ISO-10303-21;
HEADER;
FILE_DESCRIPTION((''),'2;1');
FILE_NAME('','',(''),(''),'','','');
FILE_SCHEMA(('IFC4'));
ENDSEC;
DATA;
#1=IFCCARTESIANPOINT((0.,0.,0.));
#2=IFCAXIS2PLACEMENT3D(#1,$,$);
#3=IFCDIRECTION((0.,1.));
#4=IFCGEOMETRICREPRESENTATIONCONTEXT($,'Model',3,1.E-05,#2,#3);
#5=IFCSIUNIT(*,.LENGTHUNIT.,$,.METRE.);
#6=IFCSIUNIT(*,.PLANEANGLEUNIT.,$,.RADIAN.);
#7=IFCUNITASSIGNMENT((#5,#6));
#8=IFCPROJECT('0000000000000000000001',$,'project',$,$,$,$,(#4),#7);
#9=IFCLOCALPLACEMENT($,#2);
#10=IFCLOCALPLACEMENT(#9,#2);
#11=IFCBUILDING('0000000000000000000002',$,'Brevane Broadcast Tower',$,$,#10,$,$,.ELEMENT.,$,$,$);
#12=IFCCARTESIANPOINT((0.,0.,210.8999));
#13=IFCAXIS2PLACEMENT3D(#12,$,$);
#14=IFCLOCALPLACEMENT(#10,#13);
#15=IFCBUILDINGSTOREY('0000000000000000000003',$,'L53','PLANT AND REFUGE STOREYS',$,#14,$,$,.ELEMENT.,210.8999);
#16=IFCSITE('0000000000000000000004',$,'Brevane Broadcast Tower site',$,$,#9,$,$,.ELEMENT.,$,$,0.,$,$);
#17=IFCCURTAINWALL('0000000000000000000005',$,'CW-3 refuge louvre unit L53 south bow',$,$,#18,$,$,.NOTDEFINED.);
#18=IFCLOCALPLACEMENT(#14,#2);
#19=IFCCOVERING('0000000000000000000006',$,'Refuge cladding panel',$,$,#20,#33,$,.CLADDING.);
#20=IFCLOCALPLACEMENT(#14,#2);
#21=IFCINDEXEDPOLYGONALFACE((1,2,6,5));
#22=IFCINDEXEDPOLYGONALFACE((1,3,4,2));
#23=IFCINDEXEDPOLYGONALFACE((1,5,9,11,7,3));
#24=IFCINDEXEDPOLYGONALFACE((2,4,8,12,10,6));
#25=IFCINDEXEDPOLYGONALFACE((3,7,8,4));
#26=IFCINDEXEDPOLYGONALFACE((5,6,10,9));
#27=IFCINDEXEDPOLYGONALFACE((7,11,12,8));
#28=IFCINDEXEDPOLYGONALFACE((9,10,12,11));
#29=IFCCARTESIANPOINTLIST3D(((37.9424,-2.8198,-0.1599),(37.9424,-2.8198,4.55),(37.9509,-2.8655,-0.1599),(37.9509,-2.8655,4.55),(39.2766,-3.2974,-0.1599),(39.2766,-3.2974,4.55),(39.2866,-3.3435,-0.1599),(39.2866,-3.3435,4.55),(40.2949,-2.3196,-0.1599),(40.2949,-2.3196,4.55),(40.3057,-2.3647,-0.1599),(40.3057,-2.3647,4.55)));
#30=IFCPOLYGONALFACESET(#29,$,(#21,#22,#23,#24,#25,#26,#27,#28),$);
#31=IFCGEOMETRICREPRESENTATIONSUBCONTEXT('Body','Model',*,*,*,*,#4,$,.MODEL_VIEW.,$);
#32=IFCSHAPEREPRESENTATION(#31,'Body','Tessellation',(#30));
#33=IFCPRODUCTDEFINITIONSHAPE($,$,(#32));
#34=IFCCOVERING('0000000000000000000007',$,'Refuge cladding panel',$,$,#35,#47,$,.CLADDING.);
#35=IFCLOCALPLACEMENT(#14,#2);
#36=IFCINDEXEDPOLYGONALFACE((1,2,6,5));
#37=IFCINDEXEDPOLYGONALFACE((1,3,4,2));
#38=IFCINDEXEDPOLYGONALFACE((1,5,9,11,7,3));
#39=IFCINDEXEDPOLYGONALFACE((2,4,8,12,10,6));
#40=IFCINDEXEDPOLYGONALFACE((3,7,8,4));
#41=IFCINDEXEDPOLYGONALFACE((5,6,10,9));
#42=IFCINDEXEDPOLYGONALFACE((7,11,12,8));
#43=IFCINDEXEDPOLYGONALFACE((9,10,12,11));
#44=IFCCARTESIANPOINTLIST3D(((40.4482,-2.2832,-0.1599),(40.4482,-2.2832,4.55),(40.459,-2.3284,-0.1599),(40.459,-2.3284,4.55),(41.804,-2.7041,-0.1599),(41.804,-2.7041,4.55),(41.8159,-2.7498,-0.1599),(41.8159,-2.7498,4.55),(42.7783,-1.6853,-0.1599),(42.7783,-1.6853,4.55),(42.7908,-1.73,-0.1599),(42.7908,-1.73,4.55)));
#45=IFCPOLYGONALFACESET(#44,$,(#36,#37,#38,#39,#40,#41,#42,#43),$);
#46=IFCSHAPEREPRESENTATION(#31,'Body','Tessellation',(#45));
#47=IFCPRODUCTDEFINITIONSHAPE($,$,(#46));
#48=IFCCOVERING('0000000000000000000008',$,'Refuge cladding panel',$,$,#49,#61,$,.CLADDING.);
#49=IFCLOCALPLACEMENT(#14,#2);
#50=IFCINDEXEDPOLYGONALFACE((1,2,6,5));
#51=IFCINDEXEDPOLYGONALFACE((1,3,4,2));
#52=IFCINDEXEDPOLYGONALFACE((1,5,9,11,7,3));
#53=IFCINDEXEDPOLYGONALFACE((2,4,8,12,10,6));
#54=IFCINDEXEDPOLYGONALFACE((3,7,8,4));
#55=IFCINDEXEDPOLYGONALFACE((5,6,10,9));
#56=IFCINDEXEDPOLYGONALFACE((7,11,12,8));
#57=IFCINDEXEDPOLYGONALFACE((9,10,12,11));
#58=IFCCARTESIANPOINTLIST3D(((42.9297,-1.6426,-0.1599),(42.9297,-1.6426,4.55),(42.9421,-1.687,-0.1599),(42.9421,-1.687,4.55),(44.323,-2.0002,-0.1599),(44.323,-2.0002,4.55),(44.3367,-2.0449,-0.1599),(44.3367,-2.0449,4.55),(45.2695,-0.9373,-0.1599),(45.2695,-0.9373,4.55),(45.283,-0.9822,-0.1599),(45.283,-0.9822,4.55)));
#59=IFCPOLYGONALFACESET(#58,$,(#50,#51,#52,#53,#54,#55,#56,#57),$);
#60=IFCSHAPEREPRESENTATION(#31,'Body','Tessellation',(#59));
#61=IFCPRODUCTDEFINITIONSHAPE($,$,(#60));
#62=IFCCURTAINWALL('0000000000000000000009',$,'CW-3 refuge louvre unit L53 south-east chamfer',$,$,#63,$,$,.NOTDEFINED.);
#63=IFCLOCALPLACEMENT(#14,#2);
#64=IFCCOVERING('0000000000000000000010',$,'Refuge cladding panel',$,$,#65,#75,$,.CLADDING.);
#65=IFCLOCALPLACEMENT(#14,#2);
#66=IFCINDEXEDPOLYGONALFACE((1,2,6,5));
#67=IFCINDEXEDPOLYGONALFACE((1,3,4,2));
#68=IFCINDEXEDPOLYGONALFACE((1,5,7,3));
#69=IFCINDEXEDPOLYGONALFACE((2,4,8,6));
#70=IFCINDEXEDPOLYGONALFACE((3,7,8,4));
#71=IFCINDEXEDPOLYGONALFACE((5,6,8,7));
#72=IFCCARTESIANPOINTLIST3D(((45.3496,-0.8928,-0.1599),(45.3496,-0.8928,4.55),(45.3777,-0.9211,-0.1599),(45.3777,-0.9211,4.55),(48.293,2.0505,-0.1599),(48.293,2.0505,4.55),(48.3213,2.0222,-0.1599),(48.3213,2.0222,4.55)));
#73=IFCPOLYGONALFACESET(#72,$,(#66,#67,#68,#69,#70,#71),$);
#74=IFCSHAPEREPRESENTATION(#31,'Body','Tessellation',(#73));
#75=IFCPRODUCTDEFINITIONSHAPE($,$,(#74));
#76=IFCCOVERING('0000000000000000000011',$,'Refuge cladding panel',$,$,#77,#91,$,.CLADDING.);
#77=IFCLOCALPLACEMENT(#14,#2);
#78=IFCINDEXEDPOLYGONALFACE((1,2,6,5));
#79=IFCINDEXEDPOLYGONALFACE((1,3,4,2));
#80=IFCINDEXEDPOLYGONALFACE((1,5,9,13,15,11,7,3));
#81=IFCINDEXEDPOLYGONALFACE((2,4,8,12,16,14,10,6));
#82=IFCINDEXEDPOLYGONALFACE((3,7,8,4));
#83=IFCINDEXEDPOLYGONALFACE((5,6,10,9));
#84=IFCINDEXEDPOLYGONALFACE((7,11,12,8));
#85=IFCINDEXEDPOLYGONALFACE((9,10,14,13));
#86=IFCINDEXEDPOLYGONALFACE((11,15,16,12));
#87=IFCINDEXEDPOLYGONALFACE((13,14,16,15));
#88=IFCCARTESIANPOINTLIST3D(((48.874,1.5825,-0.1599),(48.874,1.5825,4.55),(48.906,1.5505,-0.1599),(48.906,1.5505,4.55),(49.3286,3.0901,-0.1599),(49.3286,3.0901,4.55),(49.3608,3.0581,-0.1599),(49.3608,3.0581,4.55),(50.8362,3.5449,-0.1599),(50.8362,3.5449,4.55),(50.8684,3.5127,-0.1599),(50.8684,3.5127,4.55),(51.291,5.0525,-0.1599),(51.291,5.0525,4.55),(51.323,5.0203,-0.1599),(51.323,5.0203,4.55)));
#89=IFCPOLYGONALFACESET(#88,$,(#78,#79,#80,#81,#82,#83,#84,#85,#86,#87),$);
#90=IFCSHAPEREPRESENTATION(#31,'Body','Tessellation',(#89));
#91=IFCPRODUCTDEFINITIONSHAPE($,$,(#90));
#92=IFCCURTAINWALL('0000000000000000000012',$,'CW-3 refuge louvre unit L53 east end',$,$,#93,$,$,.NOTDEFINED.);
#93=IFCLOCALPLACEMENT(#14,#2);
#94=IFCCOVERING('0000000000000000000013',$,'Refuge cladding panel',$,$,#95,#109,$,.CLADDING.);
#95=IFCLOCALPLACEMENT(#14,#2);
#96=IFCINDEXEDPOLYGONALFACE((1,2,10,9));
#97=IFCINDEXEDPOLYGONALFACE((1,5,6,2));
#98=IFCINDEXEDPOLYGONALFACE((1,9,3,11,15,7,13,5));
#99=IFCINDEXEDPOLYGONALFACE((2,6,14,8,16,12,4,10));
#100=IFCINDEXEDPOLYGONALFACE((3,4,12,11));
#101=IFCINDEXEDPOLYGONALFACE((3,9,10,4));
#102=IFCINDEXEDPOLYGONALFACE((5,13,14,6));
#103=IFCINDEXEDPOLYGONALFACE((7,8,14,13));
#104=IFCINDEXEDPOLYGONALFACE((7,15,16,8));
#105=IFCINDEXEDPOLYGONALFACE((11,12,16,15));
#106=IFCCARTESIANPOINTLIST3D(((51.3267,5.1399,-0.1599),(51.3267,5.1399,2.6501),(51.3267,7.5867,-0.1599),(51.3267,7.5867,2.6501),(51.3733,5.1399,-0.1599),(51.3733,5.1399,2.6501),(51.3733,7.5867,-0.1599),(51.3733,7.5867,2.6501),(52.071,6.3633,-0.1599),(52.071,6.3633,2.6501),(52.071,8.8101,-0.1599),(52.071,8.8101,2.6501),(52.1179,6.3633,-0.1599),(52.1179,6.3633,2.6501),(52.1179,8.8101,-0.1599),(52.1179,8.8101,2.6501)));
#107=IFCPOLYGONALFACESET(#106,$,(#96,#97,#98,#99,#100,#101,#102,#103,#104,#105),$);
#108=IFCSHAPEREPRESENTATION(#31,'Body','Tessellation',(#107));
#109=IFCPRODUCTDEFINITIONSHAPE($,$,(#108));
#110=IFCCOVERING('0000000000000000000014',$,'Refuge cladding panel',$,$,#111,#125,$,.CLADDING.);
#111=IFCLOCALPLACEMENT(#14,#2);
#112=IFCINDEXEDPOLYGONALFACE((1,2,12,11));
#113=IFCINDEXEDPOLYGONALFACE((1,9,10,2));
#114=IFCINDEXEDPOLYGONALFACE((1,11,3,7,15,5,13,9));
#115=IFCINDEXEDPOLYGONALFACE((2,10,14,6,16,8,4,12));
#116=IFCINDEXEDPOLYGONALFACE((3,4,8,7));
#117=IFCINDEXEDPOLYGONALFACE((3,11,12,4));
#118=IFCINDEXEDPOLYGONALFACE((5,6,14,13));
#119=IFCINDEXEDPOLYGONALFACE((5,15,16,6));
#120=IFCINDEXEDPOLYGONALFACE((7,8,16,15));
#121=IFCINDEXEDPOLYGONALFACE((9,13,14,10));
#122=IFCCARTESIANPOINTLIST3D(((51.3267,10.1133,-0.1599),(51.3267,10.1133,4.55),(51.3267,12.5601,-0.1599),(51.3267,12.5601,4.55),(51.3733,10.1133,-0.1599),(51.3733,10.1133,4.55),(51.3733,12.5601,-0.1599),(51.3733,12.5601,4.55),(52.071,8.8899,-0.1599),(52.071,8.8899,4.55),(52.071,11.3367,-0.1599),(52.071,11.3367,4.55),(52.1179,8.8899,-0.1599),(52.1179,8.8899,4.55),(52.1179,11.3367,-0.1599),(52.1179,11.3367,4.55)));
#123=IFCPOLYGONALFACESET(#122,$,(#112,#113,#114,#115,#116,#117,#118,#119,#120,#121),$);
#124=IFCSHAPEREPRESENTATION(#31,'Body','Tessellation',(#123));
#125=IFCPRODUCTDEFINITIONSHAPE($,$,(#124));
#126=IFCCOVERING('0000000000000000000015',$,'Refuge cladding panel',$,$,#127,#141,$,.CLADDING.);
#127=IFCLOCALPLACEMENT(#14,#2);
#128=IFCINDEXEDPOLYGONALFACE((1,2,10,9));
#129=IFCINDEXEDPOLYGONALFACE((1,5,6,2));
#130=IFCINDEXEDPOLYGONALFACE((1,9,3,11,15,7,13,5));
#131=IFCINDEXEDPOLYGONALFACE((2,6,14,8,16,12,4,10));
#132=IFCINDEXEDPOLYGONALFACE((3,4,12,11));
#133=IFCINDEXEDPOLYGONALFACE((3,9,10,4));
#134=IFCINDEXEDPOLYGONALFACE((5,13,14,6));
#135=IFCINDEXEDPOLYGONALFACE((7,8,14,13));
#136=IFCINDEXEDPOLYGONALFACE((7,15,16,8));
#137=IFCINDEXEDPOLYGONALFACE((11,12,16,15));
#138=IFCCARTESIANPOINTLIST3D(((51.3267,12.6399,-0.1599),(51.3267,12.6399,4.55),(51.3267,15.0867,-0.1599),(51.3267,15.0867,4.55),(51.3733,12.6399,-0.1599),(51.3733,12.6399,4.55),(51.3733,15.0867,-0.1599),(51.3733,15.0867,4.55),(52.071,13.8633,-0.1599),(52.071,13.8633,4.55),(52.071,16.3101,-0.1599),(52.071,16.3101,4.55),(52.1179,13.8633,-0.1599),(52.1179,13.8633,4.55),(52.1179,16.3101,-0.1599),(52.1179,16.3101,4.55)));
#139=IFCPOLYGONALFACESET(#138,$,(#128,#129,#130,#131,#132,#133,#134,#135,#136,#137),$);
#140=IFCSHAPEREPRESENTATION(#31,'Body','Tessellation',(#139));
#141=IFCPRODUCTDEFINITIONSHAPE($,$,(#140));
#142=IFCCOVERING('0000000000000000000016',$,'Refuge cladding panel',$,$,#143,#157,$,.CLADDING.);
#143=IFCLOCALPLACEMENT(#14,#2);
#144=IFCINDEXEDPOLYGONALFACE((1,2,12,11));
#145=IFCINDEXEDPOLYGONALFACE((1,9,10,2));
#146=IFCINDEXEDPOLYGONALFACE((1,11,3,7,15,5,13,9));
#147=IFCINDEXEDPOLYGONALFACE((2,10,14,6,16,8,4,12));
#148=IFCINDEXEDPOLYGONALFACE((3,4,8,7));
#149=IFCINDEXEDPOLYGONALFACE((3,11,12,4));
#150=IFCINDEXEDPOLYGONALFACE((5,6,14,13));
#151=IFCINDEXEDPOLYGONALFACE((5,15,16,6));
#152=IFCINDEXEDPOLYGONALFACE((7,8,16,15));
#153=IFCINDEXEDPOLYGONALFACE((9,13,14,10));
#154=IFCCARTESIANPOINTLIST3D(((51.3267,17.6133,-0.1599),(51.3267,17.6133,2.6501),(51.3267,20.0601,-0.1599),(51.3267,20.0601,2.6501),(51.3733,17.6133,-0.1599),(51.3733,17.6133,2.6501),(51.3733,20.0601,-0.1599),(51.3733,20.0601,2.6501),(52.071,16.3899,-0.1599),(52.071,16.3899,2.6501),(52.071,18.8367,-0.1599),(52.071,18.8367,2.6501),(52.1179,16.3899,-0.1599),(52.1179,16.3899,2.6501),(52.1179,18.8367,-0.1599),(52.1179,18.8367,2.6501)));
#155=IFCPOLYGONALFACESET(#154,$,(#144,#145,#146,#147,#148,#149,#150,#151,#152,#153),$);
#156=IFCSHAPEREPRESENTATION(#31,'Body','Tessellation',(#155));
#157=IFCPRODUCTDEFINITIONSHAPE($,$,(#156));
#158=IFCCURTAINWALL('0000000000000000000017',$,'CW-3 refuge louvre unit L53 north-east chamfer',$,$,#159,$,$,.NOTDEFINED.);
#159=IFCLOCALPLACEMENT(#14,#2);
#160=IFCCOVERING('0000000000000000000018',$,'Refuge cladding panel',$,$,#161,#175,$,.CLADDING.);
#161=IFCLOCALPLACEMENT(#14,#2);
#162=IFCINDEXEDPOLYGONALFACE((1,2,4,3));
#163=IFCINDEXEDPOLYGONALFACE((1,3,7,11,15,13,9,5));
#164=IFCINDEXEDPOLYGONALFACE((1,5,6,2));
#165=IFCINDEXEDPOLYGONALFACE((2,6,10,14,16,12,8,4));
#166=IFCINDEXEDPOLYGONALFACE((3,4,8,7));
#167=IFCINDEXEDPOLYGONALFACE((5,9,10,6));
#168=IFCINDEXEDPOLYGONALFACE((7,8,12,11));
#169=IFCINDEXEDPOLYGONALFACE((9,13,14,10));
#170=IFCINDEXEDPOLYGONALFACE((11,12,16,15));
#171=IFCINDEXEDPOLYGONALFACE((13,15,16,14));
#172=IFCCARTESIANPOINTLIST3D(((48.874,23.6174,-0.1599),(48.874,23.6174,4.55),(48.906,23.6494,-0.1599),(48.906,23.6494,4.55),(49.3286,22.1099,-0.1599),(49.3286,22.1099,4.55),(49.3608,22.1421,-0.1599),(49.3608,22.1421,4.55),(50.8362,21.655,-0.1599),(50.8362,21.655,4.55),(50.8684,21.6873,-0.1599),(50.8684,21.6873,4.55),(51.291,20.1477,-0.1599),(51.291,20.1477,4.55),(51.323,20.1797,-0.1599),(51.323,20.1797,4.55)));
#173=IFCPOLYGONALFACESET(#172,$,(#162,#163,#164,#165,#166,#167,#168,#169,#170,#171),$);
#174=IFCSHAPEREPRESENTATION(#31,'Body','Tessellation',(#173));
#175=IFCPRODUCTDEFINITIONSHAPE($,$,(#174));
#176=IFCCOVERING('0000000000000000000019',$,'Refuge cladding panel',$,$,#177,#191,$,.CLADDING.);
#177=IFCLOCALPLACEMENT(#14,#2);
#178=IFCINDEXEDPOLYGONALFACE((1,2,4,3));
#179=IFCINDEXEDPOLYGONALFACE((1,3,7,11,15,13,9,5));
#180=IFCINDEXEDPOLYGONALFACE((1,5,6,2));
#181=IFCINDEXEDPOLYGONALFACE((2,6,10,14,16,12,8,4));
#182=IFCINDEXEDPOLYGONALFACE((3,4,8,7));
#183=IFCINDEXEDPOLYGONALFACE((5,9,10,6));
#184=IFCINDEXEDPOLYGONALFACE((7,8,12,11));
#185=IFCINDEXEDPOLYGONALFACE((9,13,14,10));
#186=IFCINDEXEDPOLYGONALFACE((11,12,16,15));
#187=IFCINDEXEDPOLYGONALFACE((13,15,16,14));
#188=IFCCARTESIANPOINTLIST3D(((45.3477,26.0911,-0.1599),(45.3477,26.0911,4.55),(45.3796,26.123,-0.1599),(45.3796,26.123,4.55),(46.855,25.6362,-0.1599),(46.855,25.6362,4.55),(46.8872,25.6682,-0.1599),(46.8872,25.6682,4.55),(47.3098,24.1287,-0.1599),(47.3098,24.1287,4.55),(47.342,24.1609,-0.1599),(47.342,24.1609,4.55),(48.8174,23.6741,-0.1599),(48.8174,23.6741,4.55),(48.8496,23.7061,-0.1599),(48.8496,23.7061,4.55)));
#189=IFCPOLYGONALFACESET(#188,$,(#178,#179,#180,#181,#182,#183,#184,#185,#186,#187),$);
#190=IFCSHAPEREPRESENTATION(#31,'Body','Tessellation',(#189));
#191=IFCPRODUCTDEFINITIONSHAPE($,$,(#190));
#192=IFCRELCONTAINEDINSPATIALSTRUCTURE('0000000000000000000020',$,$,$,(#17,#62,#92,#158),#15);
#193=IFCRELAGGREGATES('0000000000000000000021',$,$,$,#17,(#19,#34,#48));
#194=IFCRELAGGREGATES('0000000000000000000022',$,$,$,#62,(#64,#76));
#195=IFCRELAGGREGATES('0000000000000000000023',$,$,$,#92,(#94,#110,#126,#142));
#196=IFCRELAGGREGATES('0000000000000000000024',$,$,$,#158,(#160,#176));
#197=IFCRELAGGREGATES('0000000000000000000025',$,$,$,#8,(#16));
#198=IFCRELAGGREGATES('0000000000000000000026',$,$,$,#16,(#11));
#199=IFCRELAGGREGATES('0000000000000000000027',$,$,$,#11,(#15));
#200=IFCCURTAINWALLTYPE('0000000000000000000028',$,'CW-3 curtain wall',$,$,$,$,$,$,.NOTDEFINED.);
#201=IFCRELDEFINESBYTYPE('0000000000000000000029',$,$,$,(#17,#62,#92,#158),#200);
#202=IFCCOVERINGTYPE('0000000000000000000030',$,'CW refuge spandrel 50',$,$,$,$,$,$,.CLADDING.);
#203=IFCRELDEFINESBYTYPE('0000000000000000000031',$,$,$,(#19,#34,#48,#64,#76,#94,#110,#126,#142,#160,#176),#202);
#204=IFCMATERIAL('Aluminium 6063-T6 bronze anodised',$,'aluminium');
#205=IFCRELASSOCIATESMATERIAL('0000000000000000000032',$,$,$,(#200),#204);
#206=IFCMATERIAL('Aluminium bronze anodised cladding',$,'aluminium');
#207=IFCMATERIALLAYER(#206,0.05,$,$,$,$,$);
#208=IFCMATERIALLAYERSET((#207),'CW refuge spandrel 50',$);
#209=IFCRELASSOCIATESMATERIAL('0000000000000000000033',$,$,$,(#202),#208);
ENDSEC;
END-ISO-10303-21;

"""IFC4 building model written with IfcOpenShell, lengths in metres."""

from ifc_helpers import new_model, si_unit, direction, frame, origin, place, context, subcontext, project, spatial, polyline, outline, extrude, material, layer, layer_set, type_object, element, aggregate, save


model = new_model("IFC4")

# Units and contexts
model_context = context("Model", 3, precision=1e-05, world=origin(), true_north=direction((0.0, 1.0)))
body_context = subcontext(model_context, "Body", "Model", "MODEL_VIEW")
ifc_project = project(units=[si_unit("LENGTHUNIT", "METRE"), si_unit("PLANEANGLEUNIT", "RADIAN")], contexts=[model_context])

# Site, building, storey
site_placement = place(None, origin())
site = spatial("IfcSite", under=ifc_project, at=site_placement, Name="Brevane Broadcast Tower site", CompositionType="ELEMENT", RefElevation=0.0)
building_placement = place(site_placement, origin())
building = spatial("IfcBuilding", under=site, at=building_placement, Name="Brevane Broadcast Tower", CompositionType="ELEMENT")
storey_placement = place(building_placement, frame((0.0, 0.0, 210.8999)))
storey = spatial("IfcBuildingStorey", under=building, at=storey_placement, Name="L53", Description="PLANT AND REFUGE STOREYS", CompositionType="ELEMENT", Elevation=210.8999)

# Curtain walls, coverings
ifc_material_1 = material(Name="Aluminium 6063-T6 bronze anodised", Category="aluminium")
curtain_wall_type = type_object("IfcCurtainWallType", Name="CW-3 curtain wall", PredefinedType="NOTDEFINED", material=ifc_material_1)
curtain_wall_1_placement = place(storey_placement, origin())
curtain_wall_1 = element("IfcCurtainWall", 1, at=curtain_wall_1_placement, inside=storey, type_object=curtain_wall_type, Name="CW-3 refuge louvre unit L53 south bow", PredefinedType="NOTDEFINED")
ifc_material_2 = material(Name="Aluminium bronze anodised cladding", Category="aluminium")
ifc_layer = layer(ifc_material_2, 0.05)
ifc_layer_set = layer_set([ifc_layer], Name="CW refuge spandrel 50")
covering_type = type_object("IfcCoveringType", Name="CW refuge spandrel 50", PredefinedType="CLADDING", material=ifc_layer_set)
covering_1_placement = place(storey_placement, frame((0.0, 0.0, -0.1599)))
covering_1 = element("IfcCovering", 2, at=covering_1_placement, type_object=covering_type, Name="Refuge cladding panel", PredefinedType="CLADDING", context=body_context, shape_type="SweptSolid", body=[
    extrude(outline(polyline([(37.9424, -2.8198), (37.9509, -2.8655), (39.2866, -3.3435), (40.3057, -2.3647), (40.2949, -2.3196), (39.2766, -3.2974), (37.9424, -2.8198)])), origin(), (0.0, 0.0, 1.0), 4.71),
])
covering_2_placement = place(storey_placement, frame((0.0, 0.0, -0.1599)))
covering_2 = element("IfcCovering", 3, at=covering_2_placement, type_object=covering_type, Name="Refuge cladding panel", PredefinedType="CLADDING", context=body_context, shape_type="SweptSolid", body=[
    extrude(outline(polyline([(40.4482, -2.2832), (40.459, -2.3284), (41.8159, -2.7498), (42.7908, -1.73), (42.7783, -1.6853), (41.804, -2.7041), (40.4482, -2.2832)])), origin(), (0.0, 0.0, 1.0), 4.71),
])
covering_3_placement = place(storey_placement, frame((0.0, 0.0, -0.1599)))
covering_3 = element("IfcCovering", 4, at=covering_3_placement, type_object=covering_type, Name="Refuge cladding panel", PredefinedType="CLADDING", context=body_context, shape_type="SweptSolid", body=[
    extrude(outline(polyline([(42.9297, -1.6426), (42.9421, -1.687), (44.3367, -2.0449), (45.283, -0.9822), (45.2695, -0.9373), (44.323, -2.0002), (42.9297, -1.6426)])), origin(), (0.0, 0.0, 1.0), 4.71),
])
aggregate(curtain_wall_1, [covering_1, covering_2, covering_3])
curtain_wall_2_placement = place(storey_placement, origin())
curtain_wall_2 = element("IfcCurtainWall", 5, at=curtain_wall_2_placement, inside=storey, type_object=curtain_wall_type, Name="CW-3 refuge louvre unit L53 south-east chamfer", PredefinedType="NOTDEFINED")
covering_4_placement = place(storey_placement, frame((0.0, 0.0, -0.1599)))
covering_4 = element("IfcCovering", 6, at=covering_4_placement, type_object=covering_type, Name="Refuge cladding panel", PredefinedType="CLADDING", context=body_context, shape_type="SweptSolid", body=[
    extrude(outline(polyline([(45.3496, -0.8928), (48.293, 2.0505), (48.3213, 2.0222), (45.3777, -0.9211), (45.3496, -0.8928)])), origin(), (0.0, 0.0, 1.0), 4.71),
])
covering_5_placement = place(storey_placement, frame((0.0, 0.0, -0.1599)))
covering_5 = element("IfcCovering", 7, at=covering_5_placement, type_object=covering_type, Name="Refuge cladding panel", PredefinedType="CLADDING", context=body_context, shape_type="SweptSolid", body=[
    extrude(outline(polyline([(48.874, 1.5825), (48.906, 1.5505), (49.3608, 3.0581), (50.8684, 3.5127), (51.323, 5.0203), (51.291, 5.0525), (50.8362, 3.5449), (49.3286, 3.0901), (48.874, 1.5825)])), origin(), (0.0, 0.0, 1.0), 4.71),
])
aggregate(curtain_wall_2, [covering_4, covering_5])
curtain_wall_3_placement = place(storey_placement, origin())
curtain_wall_3 = element("IfcCurtainWall", 8, at=curtain_wall_3_placement, inside=storey, type_object=curtain_wall_type, Name="CW-3 refuge louvre unit L53 east end", PredefinedType="NOTDEFINED")
covering_6_placement = place(storey_placement, frame((0.0, 0.0, -0.1599)))
covering_6 = element("IfcCovering", 9, at=covering_6_placement, type_object=covering_type, Name="Refuge cladding panel", PredefinedType="CLADDING", context=body_context, shape_type="SweptSolid", body=[
    extrude(outline(polyline([(51.3267, 5.1399), (51.3733, 5.1399), (52.1179, 6.3633), (51.3733, 7.5867), (52.1179, 8.8101), (52.071, 8.8101), (51.3267, 7.5867), (52.071, 6.3633), (51.3267, 5.1399)])), origin(), (0.0, 0.0, 1.0), 2.8101),
])
covering_7_placement = place(storey_placement, frame((0.0, 0.0, -0.1599)))
covering_7 = element("IfcCovering", 10, at=covering_7_placement, type_object=covering_type, Name="Refuge cladding panel", PredefinedType="CLADDING", context=body_context, shape_type="SweptSolid", body=[
    extrude(outline(polyline([(52.071, 8.8899), (52.1179, 8.8899), (51.3733, 10.1133), (52.1179, 11.3367), (51.3733, 12.5601), (51.3267, 12.5601), (52.071, 11.3367), (51.3267, 10.1133), (52.071, 8.8899)])), origin(), (0.0, 0.0, 1.0), 4.71),
])
covering_8_placement = place(storey_placement, frame((0.0, 0.0, -0.1599)))
covering_8 = element("IfcCovering", 11, at=covering_8_placement, type_object=covering_type, Name="Refuge cladding panel", PredefinedType="CLADDING", context=body_context, shape_type="SweptSolid", body=[
    extrude(outline(polyline([(51.3267, 12.6399), (51.3733, 12.6399), (52.1179, 13.8633), (51.3733, 15.0867), (52.1179, 16.3101), (52.071, 16.3101), (51.3267, 15.0867), (52.071, 13.8633), (51.3267, 12.6399)])), origin(), (0.0, 0.0, 1.0), 4.71),
])
covering_9_placement = place(storey_placement, frame((0.0, 0.0, -0.1599)))
covering_9 = element("IfcCovering", 12, at=covering_9_placement, type_object=covering_type, Name="Refuge cladding panel", PredefinedType="CLADDING", context=body_context, shape_type="SweptSolid", body=[
    extrude(outline(polyline([(52.071, 16.3899), (52.1179, 16.3899), (51.3733, 17.6133), (52.1179, 18.8367), (51.3733, 20.0601), (51.3267, 20.0601), (52.071, 18.8367), (51.3267, 17.6133), (52.071, 16.3899)])), origin(), (0.0, 0.0, 1.0), 2.8101),
])
aggregate(curtain_wall_3, [covering_6, covering_7, covering_8, covering_9])
curtain_wall_4_placement = place(storey_placement, origin())
curtain_wall_4 = element("IfcCurtainWall", 13, at=curtain_wall_4_placement, inside=storey, type_object=curtain_wall_type, Name="CW-3 refuge louvre unit L53 north-east chamfer", PredefinedType="NOTDEFINED")
covering_10_placement = place(storey_placement, frame((0.0, 0.0, -0.1599)))
covering_10 = element("IfcCovering", 14, at=covering_10_placement, type_object=covering_type, Name="Refuge cladding panel", PredefinedType="CLADDING", context=body_context, shape_type="SweptSolid", body=[
    extrude(outline(polyline([(51.291, 20.1477), (51.323, 20.1797), (50.8684, 21.6873), (49.3608, 22.1421), (48.906, 23.6494), (48.874, 23.6174), (49.3286, 22.1099), (50.8362, 21.655), (51.291, 20.1477)])), origin(), (0.0, 0.0, 1.0), 4.71),
])
covering_11_placement = place(storey_placement, frame((0.0, 0.0, -0.1599)))
covering_11 = element("IfcCovering", 15, at=covering_11_placement, type_object=covering_type, Name="Refuge cladding panel", PredefinedType="CLADDING", context=body_context, shape_type="SweptSolid", body=[
    extrude(outline(polyline([(48.8174, 23.6741), (48.8496, 23.7061), (47.342, 24.1609), (46.8872, 25.6682), (45.3796, 26.123), (45.3477, 26.0911), (46.855, 25.6362), (47.3098, 24.1287), (48.8174, 23.6741)])), origin(), (0.0, 0.0, 1.0), 4.71),
])
aggregate(curtain_wall_4, [covering_10, covering_11])

save(model, "model.ifc")
